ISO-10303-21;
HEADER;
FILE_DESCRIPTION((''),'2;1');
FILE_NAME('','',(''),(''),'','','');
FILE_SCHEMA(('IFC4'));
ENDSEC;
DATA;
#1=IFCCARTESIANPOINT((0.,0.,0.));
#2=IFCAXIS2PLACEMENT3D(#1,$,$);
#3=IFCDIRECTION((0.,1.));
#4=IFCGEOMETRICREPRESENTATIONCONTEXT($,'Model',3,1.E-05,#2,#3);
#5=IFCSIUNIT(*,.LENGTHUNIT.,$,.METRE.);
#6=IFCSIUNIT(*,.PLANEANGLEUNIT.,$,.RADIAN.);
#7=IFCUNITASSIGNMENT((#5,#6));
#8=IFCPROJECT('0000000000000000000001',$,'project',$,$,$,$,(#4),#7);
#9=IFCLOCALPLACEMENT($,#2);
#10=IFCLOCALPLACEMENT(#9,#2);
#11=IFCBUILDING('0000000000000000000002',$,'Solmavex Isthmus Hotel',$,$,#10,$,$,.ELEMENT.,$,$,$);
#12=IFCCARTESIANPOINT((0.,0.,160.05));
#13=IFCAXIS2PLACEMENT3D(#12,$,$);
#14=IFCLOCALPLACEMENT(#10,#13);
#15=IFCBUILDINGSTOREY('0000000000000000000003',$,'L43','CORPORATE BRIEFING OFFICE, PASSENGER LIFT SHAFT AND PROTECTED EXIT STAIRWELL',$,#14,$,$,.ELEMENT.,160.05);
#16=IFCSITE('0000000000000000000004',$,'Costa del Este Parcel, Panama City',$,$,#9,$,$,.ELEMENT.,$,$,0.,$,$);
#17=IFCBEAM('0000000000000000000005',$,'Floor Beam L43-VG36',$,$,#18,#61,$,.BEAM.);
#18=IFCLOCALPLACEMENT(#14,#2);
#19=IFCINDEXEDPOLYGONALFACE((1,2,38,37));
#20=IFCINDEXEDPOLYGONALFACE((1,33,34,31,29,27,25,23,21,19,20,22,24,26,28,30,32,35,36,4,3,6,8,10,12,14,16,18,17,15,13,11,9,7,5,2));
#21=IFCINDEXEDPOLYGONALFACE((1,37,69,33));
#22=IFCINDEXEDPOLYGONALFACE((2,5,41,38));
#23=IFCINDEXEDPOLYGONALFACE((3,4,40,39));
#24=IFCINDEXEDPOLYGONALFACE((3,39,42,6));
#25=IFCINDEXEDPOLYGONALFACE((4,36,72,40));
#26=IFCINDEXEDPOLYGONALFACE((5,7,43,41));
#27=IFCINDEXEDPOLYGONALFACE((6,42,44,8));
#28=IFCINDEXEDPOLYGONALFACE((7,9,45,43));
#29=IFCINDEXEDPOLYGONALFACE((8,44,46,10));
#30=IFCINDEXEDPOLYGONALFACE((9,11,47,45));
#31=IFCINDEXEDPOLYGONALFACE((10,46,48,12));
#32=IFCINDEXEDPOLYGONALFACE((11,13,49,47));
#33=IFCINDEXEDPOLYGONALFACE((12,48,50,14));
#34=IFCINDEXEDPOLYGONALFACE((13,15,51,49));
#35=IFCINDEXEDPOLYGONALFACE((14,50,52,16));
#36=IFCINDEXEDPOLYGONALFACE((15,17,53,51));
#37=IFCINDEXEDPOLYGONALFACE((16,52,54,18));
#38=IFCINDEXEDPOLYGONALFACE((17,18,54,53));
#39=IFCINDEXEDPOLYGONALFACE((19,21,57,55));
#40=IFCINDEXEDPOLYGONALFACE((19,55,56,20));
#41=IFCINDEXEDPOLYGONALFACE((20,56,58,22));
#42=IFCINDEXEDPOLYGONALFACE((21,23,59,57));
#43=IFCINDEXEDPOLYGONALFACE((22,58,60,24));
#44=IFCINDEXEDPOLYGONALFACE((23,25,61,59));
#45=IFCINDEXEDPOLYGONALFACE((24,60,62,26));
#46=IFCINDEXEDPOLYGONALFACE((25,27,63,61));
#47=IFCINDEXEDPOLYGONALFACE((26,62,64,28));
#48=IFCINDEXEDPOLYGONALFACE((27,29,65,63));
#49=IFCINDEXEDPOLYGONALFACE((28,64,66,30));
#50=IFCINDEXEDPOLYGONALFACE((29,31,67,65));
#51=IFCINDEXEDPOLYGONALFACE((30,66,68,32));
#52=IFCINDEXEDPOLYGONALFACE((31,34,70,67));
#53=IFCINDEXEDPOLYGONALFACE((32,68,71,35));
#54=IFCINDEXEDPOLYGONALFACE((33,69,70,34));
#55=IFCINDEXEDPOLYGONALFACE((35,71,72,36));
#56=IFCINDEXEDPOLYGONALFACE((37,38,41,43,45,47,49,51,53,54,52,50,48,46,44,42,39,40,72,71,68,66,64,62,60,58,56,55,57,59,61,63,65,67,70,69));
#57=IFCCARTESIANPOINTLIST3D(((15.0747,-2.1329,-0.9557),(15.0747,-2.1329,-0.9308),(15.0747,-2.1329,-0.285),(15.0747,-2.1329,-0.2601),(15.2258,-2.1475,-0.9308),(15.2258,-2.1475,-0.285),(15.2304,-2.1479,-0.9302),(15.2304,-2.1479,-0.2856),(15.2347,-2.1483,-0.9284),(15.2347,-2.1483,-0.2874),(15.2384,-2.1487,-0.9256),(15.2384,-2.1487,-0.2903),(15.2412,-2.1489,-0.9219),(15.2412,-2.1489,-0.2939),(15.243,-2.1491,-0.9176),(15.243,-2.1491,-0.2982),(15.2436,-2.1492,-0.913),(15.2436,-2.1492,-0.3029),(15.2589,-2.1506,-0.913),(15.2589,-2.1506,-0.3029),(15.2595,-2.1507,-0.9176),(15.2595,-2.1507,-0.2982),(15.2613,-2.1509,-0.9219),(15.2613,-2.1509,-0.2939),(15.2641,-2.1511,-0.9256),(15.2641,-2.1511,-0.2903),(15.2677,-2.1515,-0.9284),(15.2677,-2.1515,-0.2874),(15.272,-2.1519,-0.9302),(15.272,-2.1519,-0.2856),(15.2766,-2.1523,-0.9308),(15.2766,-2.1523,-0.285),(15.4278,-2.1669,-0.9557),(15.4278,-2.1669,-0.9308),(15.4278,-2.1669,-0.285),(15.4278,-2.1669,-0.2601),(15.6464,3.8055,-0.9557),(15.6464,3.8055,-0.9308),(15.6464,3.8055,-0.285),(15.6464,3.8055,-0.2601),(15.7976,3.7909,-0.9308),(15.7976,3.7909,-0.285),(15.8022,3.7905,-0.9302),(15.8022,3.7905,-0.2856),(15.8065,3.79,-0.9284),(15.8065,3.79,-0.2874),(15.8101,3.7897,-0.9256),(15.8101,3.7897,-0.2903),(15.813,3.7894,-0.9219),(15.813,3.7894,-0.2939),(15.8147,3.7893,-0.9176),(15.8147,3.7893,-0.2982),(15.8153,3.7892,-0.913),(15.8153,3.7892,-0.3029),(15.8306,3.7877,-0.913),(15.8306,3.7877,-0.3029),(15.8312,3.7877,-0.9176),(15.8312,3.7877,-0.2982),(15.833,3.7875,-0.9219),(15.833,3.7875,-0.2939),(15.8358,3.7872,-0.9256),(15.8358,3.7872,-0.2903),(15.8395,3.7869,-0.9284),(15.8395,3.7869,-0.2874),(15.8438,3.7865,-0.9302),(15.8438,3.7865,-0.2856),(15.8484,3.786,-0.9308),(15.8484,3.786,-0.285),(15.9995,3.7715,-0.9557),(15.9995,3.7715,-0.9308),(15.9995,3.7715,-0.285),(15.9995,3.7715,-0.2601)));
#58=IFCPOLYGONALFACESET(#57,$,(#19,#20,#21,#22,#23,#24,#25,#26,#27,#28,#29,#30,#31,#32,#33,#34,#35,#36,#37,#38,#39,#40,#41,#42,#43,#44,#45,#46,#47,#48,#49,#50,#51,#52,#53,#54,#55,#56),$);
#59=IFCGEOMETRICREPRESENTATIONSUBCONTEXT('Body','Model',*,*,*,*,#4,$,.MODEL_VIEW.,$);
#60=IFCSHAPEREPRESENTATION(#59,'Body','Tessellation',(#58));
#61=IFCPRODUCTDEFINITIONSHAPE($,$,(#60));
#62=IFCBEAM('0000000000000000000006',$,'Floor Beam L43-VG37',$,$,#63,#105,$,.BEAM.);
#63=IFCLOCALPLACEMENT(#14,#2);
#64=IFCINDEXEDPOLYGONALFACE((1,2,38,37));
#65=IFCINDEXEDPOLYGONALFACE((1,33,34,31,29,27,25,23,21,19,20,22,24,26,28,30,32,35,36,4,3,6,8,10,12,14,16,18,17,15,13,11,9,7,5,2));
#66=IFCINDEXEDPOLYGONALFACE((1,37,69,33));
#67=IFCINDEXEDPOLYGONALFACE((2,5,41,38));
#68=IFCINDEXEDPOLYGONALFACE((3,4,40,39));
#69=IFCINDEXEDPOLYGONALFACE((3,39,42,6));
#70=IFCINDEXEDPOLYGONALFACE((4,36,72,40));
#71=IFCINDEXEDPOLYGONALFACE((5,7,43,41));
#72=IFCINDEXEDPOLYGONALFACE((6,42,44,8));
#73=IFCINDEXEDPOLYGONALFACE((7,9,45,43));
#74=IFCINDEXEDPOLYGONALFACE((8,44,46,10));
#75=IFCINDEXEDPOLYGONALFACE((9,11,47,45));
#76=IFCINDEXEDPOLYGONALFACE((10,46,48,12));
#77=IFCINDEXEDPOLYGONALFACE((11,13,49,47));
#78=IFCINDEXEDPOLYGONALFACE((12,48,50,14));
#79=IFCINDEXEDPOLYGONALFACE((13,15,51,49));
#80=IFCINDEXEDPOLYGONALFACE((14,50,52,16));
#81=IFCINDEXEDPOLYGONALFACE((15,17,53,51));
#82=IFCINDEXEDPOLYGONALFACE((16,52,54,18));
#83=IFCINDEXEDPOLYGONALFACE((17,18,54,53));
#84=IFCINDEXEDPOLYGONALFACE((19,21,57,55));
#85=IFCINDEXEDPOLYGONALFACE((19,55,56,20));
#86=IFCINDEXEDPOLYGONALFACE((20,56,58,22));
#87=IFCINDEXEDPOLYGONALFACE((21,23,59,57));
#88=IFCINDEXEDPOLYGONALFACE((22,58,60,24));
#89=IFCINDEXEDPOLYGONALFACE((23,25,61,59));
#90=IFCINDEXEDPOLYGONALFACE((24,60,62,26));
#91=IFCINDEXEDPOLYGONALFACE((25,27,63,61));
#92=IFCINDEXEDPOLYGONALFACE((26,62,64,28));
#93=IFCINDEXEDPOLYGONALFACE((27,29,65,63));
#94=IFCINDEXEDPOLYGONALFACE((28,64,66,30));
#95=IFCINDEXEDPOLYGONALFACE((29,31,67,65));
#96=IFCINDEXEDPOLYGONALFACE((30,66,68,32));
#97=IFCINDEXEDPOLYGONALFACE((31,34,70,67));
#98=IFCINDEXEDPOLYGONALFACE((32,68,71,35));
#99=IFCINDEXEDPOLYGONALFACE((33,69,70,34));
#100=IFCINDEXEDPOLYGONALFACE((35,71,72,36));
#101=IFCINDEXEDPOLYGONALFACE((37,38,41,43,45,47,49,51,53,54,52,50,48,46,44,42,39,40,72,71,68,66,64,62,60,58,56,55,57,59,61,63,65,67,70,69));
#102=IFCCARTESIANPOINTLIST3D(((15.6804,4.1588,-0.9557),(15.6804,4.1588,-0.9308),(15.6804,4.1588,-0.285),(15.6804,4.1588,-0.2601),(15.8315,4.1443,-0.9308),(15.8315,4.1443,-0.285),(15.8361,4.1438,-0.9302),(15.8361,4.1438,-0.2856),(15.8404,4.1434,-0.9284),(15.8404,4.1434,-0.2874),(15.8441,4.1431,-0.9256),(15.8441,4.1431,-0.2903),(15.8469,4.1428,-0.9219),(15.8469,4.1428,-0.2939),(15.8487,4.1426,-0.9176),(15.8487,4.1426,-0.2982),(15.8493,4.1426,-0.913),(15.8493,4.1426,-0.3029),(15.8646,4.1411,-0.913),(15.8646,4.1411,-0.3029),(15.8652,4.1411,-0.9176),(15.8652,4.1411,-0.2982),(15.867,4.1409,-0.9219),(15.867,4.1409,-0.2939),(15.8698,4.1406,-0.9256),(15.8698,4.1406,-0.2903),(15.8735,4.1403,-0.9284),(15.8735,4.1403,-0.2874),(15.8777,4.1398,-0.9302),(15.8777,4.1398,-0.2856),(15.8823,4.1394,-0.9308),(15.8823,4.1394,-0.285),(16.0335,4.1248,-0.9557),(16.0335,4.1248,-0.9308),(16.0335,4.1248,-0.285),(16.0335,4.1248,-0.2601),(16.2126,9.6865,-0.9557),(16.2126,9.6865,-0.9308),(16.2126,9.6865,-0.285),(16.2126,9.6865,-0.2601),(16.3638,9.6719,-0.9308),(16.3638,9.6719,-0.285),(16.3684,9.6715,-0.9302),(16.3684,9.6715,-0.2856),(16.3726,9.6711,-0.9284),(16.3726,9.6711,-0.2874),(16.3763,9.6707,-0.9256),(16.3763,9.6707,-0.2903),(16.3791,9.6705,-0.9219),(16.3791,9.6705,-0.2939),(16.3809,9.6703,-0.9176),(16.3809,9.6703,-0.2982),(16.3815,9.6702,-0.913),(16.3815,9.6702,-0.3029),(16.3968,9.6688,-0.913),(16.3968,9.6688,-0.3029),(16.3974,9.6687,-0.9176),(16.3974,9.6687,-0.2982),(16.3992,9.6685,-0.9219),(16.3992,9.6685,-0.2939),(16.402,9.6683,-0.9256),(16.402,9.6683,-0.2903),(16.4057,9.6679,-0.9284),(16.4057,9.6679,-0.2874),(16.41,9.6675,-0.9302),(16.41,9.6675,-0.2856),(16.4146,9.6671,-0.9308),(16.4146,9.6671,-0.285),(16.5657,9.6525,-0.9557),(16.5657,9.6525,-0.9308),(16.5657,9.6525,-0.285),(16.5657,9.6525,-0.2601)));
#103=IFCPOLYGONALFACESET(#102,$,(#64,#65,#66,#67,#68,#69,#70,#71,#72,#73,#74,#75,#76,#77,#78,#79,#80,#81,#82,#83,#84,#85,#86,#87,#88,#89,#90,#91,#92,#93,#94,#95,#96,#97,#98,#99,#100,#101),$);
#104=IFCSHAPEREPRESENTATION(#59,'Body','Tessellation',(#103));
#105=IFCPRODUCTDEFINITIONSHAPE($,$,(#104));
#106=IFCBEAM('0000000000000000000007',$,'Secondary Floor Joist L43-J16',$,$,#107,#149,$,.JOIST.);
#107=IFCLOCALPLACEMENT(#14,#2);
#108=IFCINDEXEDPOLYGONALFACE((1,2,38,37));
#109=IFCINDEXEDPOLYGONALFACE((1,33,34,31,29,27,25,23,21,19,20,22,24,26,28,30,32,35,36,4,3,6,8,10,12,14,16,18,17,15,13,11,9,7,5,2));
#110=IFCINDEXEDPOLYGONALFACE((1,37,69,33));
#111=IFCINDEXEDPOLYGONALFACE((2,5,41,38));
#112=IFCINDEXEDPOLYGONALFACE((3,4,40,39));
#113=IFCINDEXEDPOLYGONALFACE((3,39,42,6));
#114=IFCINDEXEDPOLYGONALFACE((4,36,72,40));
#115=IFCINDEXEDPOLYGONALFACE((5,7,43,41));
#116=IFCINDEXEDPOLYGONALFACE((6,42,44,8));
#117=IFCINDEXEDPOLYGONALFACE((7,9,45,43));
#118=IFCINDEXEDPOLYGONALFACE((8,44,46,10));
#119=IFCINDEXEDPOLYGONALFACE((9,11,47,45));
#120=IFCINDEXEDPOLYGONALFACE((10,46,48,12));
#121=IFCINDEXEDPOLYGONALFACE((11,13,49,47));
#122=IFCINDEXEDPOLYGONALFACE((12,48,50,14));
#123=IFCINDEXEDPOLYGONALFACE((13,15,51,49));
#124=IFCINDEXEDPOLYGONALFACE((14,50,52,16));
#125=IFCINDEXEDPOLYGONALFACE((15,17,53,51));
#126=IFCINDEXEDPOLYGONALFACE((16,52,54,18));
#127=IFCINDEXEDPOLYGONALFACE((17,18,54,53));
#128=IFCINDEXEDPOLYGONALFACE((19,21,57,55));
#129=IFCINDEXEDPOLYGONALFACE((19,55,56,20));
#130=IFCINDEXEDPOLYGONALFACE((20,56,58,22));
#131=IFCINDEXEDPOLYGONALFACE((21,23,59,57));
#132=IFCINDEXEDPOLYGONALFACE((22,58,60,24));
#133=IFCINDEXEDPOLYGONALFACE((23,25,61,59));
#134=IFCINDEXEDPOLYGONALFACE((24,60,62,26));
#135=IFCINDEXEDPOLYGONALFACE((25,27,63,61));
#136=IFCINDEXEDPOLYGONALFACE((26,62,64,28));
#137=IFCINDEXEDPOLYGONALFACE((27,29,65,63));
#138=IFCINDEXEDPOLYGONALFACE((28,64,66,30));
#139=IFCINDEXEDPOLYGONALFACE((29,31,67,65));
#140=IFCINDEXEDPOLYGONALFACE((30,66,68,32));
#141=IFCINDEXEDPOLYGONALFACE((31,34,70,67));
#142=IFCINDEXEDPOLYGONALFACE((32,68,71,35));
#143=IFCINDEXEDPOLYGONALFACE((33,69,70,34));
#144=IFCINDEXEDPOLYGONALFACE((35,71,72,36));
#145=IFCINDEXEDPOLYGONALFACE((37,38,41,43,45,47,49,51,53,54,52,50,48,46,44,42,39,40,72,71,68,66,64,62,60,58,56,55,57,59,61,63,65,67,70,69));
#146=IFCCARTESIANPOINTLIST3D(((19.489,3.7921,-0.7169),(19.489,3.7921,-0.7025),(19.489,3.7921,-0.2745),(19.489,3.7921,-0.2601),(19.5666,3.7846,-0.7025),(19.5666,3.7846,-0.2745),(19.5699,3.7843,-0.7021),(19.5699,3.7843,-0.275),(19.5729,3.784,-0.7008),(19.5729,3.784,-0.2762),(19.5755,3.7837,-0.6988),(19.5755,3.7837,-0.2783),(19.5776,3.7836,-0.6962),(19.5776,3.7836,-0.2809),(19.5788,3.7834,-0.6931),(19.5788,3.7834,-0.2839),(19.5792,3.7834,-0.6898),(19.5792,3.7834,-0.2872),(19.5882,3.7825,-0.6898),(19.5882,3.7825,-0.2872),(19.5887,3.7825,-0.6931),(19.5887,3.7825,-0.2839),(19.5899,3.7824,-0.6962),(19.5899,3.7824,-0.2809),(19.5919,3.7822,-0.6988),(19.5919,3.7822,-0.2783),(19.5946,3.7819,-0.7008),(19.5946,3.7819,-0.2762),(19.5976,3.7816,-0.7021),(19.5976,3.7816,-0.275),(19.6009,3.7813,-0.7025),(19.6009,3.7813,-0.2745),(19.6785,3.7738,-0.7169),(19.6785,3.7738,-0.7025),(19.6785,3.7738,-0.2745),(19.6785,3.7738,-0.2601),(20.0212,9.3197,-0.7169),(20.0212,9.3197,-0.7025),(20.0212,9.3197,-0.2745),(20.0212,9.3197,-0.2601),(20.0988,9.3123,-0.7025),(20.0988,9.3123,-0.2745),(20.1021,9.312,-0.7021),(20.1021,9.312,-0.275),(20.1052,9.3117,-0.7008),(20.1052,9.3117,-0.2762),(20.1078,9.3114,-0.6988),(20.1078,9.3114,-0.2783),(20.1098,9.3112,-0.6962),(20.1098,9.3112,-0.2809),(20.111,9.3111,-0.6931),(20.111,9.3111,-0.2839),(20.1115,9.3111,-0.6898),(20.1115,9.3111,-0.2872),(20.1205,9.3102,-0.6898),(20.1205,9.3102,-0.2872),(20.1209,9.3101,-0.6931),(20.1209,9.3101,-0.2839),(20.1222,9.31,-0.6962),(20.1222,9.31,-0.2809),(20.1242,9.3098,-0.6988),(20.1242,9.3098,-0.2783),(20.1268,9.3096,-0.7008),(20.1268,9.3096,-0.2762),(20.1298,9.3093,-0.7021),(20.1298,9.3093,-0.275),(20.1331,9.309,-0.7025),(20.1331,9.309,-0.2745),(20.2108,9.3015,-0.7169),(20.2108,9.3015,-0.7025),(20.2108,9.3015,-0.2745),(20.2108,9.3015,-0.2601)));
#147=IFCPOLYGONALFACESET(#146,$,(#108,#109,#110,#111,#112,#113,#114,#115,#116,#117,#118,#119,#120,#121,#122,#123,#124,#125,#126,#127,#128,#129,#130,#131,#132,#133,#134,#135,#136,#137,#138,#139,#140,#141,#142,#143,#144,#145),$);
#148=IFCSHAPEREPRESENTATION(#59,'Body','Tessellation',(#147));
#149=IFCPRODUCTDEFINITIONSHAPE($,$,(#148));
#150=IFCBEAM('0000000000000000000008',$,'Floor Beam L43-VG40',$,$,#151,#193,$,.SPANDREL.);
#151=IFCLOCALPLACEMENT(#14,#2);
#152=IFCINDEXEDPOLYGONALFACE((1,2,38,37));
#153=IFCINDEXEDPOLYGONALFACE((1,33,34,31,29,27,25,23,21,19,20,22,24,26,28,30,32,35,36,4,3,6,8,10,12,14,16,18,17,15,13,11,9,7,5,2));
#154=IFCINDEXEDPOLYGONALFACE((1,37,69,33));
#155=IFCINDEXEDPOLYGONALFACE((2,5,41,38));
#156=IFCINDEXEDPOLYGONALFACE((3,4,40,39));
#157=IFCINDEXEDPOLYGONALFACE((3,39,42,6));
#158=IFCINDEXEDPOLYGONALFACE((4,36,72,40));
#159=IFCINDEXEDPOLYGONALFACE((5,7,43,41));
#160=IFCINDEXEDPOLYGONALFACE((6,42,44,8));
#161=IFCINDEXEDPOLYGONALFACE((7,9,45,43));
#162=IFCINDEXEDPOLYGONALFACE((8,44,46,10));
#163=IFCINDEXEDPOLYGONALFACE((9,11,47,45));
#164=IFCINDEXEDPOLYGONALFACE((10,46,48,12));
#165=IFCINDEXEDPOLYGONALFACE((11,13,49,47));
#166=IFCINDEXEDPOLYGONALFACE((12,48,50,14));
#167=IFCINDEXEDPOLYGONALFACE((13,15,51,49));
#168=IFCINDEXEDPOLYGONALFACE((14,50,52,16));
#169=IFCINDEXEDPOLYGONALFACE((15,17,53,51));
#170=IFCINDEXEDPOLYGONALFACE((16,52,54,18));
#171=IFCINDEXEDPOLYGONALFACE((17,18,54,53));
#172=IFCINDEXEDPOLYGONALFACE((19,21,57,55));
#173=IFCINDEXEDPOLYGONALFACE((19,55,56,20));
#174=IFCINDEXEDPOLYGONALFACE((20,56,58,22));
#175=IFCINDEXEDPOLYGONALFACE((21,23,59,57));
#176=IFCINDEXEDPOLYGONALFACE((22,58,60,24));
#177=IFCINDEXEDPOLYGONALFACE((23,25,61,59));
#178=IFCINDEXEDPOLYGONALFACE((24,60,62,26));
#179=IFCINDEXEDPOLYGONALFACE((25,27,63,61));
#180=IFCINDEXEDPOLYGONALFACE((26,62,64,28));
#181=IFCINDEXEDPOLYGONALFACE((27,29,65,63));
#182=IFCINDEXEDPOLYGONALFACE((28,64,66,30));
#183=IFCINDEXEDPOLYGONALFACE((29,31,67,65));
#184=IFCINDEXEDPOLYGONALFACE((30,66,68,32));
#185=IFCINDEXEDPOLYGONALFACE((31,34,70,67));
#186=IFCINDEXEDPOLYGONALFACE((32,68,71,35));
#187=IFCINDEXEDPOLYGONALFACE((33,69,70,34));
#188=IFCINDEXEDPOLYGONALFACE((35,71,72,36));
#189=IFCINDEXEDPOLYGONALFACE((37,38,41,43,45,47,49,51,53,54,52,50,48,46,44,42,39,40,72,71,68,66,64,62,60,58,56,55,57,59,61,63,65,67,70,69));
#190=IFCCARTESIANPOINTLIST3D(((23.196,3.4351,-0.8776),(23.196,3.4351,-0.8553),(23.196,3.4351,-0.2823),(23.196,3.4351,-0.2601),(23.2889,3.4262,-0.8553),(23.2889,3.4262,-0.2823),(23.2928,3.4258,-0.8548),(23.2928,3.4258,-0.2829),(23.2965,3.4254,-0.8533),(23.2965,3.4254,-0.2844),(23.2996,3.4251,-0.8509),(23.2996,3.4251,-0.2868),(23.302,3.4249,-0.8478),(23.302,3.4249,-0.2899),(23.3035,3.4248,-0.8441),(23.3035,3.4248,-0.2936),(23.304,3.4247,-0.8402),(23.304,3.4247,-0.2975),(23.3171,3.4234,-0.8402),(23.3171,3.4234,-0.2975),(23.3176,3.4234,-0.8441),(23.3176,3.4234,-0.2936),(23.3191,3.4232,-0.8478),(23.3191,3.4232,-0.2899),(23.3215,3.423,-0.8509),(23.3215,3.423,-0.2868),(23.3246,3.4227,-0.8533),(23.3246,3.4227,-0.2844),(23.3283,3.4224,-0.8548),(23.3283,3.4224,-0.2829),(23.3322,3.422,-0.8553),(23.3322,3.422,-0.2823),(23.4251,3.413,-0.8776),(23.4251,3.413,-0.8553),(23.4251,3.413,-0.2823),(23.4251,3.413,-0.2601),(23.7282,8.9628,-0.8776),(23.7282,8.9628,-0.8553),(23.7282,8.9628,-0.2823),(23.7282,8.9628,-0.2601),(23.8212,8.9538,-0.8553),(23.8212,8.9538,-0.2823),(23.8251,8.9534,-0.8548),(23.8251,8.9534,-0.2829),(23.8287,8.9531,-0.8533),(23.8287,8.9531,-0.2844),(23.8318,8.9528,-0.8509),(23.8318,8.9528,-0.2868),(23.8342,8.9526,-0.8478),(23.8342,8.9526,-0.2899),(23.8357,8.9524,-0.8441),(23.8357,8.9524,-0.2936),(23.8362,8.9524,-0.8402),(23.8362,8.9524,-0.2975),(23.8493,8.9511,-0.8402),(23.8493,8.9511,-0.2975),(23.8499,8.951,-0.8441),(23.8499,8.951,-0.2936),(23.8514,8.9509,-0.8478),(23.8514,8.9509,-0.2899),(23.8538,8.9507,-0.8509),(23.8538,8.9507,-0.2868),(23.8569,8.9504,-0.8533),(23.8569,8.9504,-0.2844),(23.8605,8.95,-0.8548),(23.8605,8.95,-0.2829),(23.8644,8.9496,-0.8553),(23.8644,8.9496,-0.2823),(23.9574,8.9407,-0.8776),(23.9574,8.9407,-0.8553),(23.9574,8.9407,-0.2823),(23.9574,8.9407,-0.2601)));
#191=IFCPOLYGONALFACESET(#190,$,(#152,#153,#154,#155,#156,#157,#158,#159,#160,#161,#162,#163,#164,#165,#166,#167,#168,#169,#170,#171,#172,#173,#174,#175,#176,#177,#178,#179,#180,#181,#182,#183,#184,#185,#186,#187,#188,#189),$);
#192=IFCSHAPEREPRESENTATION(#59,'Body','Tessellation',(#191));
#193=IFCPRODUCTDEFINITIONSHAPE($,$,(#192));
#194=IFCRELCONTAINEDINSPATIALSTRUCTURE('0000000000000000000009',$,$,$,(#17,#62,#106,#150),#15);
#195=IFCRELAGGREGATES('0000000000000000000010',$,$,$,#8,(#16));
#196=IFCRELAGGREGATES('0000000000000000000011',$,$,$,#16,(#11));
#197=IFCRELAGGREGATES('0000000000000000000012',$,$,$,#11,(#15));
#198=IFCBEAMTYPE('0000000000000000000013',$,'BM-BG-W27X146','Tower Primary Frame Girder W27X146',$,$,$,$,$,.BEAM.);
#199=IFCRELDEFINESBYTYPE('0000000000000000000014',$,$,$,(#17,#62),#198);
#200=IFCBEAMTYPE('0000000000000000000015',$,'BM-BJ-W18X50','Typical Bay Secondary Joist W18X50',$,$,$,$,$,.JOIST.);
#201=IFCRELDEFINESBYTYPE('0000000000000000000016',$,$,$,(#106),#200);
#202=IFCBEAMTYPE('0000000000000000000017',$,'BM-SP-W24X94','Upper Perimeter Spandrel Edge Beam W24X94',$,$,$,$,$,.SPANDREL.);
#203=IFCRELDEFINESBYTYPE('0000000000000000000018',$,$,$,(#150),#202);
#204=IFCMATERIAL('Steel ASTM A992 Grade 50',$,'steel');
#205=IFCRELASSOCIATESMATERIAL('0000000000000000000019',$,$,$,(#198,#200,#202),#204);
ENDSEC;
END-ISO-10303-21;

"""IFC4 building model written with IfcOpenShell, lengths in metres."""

from ifc_helpers import new_model, si_unit, direction, frame, origin, origin_2d, place, context, subcontext, project, spatial, i_section, extrude, material, material_profile, profile_set, type_object, element, save


model = new_model("IFC4")

# Units and contexts
model_context = context("Model", 3, precision=1e-05, world=origin(), true_north=direction((0.0, 1.0)))
body_context = subcontext(model_context, "Body", "Model", "MODEL_VIEW")
ifc_project = project(units=[si_unit("LENGTHUNIT", "METRE"), si_unit("PLANEANGLEUNIT", "RADIAN")], contexts=[model_context])

# Site, building, storey
site_placement = place(None, origin())
site = spatial("IfcSite", under=ifc_project, at=site_placement, Name="Costa del Este Parcel, Panama City", CompositionType="ELEMENT", RefElevation=0.0)
building_placement = place(site_placement, origin())
building = spatial("IfcBuilding", under=site, at=building_placement, Name="Solmavex Isthmus Hotel", CompositionType="ELEMENT")
storey_placement = place(building_placement, frame((0.0, 0.0, 160.05)))
storey = spatial("IfcBuildingStorey", under=building, at=storey_placement, Name="L43", Description="CORPORATE BRIEFING OFFICE, PASSENGER LIFT SHAFT AND PROTECTED EXIT STAIRWELL", CompositionType="ELEMENT", Elevation=160.05)

# Beams
ifc_material_1 = material(Name="Steel ASTM A992 Grade 50", Category="steel")
ifc_material_profile_1 = material_profile(ifc_material_1, i_section(OverallWidth=0.3547, OverallDepth=0.6956, WebThickness=0.0154, FlangeThickness=0.0249, FilletRadius=0.0178, at=origin_2d()), Name="W27X146")
ifc_profile_set_1 = profile_set([ifc_material_profile_1], Name="Steel ASTM A992 Grade 50")
beam_type_1 = type_object("IfcBeamType", Name="BM-BG-W27X146", Description="Tower Primary Frame Girder W27X146", PredefinedType="BEAM", material=ifc_profile_set_1)
beam_1_placement = place(storey_placement, frame((15.2512, -2.1499, -0.6079), z_axis=(0.09584, 0.995397, 0.0), x_axis=(-0.995397, 0.09584, 0.0)))
element("IfcBeam", 1, at=beam_1_placement, inside=storey, type_object=beam_type_1, Name="Floor Beam L43-VG36", PredefinedType="BEAM", context=body_context, shape_type="SweptSolid", body=[
    extrude(i_section(OverallWidth=0.3547, OverallDepth=0.6956, WebThickness=0.0154, FlangeThickness=0.0249, FilletRadius=0.0178, at=origin_2d()), origin(), (0.0, 0.0, 1.0), 5.9658),
])
beam_2_placement = place(storey_placement, frame((15.8569, 4.1418, -0.6079), z_axis=(0.095842, 0.995397, 0.0), x_axis=(-0.995397, 0.095842, 0.0)))
element("IfcBeam", 2, at=beam_2_placement, inside=storey, type_object=beam_type_1, Name="Floor Beam L43-VG37", PredefinedType="BEAM", context=body_context, shape_type="SweptSolid", body=[
    extrude(i_section(OverallWidth=0.3547, OverallDepth=0.6956, WebThickness=0.0154, FlangeThickness=0.0249, FilletRadius=0.0178, at=origin_2d()), origin(), (0.0, 0.0, 1.0), 5.5532),
])
ifc_material_profile_2 = material_profile(ifc_material_1, i_section(OverallWidth=0.1904, OverallDepth=0.4568, WebThickness=0.009, FlangeThickness=0.0144, FilletRadius=0.0127, at=origin_2d()), Name="W18X50")
ifc_profile_set_2 = profile_set([ifc_material_profile_2], Name="Steel ASTM A992 Grade 50")
beam_type_2 = type_object("IfcBeamType", Name="BM-BJ-W18X50", Description="Typical Bay Secondary Joist W18X50", PredefinedType="JOIST", material=ifc_profile_set_2)
beam_3_placement = place(storey_placement, frame((19.5837, 3.783, -0.4885), z_axis=(0.095842, 0.995397, 0.0), x_axis=(-0.995397, 0.095842, 0.0)))
element("IfcBeam", 3, at=beam_3_placement, inside=storey, type_object=beam_type_2, Name="Secondary Floor Joist L43-J16", PredefinedType="JOIST", context=body_context, shape_type="SweptSolid", body=[
    extrude(i_section(OverallWidth=0.1904, OverallDepth=0.4568, WebThickness=0.009, FlangeThickness=0.0144, FilletRadius=0.0127, at=origin_2d()), origin(), (0.0, 0.0, 1.0), 5.5532),
])
ifc_material_profile_3 = material_profile(ifc_material_1, i_section(OverallWidth=0.2302, OverallDepth=0.6174, WebThickness=0.0132, FlangeThickness=0.0222, FilletRadius=0.0151, at=origin_2d()), Name="W24X94")
ifc_profile_set_3 = profile_set([ifc_material_profile_3], Name="Steel ASTM A992 Grade 50")
beam_type_3 = type_object("IfcBeamType", Name="BM-SP-W24X94", Description="Upper Perimeter Spandrel Edge Beam W24X94", PredefinedType="SPANDREL", material=ifc_profile_set_3)
beam_4_placement = place(storey_placement, frame((23.3105, 3.4241, -0.5688), z_axis=(0.095842, 0.995397, 0.0), x_axis=(-0.995397, 0.095842, 0.0)))
element("IfcBeam", 4, at=beam_4_placement, inside=storey, type_object=beam_type_3, Name="Floor Beam L43-VG40", PredefinedType="SPANDREL", context=body_context, shape_type="SweptSolid", body=[
    extrude(i_section(OverallWidth=0.2302, OverallDepth=0.6174, WebThickness=0.0132, FlangeThickness=0.0222, FilletRadius=0.0151, at=origin_2d()), origin(), (0.0, 0.0, 1.0), 5.5532),
])

save(model, "model.ifc")
